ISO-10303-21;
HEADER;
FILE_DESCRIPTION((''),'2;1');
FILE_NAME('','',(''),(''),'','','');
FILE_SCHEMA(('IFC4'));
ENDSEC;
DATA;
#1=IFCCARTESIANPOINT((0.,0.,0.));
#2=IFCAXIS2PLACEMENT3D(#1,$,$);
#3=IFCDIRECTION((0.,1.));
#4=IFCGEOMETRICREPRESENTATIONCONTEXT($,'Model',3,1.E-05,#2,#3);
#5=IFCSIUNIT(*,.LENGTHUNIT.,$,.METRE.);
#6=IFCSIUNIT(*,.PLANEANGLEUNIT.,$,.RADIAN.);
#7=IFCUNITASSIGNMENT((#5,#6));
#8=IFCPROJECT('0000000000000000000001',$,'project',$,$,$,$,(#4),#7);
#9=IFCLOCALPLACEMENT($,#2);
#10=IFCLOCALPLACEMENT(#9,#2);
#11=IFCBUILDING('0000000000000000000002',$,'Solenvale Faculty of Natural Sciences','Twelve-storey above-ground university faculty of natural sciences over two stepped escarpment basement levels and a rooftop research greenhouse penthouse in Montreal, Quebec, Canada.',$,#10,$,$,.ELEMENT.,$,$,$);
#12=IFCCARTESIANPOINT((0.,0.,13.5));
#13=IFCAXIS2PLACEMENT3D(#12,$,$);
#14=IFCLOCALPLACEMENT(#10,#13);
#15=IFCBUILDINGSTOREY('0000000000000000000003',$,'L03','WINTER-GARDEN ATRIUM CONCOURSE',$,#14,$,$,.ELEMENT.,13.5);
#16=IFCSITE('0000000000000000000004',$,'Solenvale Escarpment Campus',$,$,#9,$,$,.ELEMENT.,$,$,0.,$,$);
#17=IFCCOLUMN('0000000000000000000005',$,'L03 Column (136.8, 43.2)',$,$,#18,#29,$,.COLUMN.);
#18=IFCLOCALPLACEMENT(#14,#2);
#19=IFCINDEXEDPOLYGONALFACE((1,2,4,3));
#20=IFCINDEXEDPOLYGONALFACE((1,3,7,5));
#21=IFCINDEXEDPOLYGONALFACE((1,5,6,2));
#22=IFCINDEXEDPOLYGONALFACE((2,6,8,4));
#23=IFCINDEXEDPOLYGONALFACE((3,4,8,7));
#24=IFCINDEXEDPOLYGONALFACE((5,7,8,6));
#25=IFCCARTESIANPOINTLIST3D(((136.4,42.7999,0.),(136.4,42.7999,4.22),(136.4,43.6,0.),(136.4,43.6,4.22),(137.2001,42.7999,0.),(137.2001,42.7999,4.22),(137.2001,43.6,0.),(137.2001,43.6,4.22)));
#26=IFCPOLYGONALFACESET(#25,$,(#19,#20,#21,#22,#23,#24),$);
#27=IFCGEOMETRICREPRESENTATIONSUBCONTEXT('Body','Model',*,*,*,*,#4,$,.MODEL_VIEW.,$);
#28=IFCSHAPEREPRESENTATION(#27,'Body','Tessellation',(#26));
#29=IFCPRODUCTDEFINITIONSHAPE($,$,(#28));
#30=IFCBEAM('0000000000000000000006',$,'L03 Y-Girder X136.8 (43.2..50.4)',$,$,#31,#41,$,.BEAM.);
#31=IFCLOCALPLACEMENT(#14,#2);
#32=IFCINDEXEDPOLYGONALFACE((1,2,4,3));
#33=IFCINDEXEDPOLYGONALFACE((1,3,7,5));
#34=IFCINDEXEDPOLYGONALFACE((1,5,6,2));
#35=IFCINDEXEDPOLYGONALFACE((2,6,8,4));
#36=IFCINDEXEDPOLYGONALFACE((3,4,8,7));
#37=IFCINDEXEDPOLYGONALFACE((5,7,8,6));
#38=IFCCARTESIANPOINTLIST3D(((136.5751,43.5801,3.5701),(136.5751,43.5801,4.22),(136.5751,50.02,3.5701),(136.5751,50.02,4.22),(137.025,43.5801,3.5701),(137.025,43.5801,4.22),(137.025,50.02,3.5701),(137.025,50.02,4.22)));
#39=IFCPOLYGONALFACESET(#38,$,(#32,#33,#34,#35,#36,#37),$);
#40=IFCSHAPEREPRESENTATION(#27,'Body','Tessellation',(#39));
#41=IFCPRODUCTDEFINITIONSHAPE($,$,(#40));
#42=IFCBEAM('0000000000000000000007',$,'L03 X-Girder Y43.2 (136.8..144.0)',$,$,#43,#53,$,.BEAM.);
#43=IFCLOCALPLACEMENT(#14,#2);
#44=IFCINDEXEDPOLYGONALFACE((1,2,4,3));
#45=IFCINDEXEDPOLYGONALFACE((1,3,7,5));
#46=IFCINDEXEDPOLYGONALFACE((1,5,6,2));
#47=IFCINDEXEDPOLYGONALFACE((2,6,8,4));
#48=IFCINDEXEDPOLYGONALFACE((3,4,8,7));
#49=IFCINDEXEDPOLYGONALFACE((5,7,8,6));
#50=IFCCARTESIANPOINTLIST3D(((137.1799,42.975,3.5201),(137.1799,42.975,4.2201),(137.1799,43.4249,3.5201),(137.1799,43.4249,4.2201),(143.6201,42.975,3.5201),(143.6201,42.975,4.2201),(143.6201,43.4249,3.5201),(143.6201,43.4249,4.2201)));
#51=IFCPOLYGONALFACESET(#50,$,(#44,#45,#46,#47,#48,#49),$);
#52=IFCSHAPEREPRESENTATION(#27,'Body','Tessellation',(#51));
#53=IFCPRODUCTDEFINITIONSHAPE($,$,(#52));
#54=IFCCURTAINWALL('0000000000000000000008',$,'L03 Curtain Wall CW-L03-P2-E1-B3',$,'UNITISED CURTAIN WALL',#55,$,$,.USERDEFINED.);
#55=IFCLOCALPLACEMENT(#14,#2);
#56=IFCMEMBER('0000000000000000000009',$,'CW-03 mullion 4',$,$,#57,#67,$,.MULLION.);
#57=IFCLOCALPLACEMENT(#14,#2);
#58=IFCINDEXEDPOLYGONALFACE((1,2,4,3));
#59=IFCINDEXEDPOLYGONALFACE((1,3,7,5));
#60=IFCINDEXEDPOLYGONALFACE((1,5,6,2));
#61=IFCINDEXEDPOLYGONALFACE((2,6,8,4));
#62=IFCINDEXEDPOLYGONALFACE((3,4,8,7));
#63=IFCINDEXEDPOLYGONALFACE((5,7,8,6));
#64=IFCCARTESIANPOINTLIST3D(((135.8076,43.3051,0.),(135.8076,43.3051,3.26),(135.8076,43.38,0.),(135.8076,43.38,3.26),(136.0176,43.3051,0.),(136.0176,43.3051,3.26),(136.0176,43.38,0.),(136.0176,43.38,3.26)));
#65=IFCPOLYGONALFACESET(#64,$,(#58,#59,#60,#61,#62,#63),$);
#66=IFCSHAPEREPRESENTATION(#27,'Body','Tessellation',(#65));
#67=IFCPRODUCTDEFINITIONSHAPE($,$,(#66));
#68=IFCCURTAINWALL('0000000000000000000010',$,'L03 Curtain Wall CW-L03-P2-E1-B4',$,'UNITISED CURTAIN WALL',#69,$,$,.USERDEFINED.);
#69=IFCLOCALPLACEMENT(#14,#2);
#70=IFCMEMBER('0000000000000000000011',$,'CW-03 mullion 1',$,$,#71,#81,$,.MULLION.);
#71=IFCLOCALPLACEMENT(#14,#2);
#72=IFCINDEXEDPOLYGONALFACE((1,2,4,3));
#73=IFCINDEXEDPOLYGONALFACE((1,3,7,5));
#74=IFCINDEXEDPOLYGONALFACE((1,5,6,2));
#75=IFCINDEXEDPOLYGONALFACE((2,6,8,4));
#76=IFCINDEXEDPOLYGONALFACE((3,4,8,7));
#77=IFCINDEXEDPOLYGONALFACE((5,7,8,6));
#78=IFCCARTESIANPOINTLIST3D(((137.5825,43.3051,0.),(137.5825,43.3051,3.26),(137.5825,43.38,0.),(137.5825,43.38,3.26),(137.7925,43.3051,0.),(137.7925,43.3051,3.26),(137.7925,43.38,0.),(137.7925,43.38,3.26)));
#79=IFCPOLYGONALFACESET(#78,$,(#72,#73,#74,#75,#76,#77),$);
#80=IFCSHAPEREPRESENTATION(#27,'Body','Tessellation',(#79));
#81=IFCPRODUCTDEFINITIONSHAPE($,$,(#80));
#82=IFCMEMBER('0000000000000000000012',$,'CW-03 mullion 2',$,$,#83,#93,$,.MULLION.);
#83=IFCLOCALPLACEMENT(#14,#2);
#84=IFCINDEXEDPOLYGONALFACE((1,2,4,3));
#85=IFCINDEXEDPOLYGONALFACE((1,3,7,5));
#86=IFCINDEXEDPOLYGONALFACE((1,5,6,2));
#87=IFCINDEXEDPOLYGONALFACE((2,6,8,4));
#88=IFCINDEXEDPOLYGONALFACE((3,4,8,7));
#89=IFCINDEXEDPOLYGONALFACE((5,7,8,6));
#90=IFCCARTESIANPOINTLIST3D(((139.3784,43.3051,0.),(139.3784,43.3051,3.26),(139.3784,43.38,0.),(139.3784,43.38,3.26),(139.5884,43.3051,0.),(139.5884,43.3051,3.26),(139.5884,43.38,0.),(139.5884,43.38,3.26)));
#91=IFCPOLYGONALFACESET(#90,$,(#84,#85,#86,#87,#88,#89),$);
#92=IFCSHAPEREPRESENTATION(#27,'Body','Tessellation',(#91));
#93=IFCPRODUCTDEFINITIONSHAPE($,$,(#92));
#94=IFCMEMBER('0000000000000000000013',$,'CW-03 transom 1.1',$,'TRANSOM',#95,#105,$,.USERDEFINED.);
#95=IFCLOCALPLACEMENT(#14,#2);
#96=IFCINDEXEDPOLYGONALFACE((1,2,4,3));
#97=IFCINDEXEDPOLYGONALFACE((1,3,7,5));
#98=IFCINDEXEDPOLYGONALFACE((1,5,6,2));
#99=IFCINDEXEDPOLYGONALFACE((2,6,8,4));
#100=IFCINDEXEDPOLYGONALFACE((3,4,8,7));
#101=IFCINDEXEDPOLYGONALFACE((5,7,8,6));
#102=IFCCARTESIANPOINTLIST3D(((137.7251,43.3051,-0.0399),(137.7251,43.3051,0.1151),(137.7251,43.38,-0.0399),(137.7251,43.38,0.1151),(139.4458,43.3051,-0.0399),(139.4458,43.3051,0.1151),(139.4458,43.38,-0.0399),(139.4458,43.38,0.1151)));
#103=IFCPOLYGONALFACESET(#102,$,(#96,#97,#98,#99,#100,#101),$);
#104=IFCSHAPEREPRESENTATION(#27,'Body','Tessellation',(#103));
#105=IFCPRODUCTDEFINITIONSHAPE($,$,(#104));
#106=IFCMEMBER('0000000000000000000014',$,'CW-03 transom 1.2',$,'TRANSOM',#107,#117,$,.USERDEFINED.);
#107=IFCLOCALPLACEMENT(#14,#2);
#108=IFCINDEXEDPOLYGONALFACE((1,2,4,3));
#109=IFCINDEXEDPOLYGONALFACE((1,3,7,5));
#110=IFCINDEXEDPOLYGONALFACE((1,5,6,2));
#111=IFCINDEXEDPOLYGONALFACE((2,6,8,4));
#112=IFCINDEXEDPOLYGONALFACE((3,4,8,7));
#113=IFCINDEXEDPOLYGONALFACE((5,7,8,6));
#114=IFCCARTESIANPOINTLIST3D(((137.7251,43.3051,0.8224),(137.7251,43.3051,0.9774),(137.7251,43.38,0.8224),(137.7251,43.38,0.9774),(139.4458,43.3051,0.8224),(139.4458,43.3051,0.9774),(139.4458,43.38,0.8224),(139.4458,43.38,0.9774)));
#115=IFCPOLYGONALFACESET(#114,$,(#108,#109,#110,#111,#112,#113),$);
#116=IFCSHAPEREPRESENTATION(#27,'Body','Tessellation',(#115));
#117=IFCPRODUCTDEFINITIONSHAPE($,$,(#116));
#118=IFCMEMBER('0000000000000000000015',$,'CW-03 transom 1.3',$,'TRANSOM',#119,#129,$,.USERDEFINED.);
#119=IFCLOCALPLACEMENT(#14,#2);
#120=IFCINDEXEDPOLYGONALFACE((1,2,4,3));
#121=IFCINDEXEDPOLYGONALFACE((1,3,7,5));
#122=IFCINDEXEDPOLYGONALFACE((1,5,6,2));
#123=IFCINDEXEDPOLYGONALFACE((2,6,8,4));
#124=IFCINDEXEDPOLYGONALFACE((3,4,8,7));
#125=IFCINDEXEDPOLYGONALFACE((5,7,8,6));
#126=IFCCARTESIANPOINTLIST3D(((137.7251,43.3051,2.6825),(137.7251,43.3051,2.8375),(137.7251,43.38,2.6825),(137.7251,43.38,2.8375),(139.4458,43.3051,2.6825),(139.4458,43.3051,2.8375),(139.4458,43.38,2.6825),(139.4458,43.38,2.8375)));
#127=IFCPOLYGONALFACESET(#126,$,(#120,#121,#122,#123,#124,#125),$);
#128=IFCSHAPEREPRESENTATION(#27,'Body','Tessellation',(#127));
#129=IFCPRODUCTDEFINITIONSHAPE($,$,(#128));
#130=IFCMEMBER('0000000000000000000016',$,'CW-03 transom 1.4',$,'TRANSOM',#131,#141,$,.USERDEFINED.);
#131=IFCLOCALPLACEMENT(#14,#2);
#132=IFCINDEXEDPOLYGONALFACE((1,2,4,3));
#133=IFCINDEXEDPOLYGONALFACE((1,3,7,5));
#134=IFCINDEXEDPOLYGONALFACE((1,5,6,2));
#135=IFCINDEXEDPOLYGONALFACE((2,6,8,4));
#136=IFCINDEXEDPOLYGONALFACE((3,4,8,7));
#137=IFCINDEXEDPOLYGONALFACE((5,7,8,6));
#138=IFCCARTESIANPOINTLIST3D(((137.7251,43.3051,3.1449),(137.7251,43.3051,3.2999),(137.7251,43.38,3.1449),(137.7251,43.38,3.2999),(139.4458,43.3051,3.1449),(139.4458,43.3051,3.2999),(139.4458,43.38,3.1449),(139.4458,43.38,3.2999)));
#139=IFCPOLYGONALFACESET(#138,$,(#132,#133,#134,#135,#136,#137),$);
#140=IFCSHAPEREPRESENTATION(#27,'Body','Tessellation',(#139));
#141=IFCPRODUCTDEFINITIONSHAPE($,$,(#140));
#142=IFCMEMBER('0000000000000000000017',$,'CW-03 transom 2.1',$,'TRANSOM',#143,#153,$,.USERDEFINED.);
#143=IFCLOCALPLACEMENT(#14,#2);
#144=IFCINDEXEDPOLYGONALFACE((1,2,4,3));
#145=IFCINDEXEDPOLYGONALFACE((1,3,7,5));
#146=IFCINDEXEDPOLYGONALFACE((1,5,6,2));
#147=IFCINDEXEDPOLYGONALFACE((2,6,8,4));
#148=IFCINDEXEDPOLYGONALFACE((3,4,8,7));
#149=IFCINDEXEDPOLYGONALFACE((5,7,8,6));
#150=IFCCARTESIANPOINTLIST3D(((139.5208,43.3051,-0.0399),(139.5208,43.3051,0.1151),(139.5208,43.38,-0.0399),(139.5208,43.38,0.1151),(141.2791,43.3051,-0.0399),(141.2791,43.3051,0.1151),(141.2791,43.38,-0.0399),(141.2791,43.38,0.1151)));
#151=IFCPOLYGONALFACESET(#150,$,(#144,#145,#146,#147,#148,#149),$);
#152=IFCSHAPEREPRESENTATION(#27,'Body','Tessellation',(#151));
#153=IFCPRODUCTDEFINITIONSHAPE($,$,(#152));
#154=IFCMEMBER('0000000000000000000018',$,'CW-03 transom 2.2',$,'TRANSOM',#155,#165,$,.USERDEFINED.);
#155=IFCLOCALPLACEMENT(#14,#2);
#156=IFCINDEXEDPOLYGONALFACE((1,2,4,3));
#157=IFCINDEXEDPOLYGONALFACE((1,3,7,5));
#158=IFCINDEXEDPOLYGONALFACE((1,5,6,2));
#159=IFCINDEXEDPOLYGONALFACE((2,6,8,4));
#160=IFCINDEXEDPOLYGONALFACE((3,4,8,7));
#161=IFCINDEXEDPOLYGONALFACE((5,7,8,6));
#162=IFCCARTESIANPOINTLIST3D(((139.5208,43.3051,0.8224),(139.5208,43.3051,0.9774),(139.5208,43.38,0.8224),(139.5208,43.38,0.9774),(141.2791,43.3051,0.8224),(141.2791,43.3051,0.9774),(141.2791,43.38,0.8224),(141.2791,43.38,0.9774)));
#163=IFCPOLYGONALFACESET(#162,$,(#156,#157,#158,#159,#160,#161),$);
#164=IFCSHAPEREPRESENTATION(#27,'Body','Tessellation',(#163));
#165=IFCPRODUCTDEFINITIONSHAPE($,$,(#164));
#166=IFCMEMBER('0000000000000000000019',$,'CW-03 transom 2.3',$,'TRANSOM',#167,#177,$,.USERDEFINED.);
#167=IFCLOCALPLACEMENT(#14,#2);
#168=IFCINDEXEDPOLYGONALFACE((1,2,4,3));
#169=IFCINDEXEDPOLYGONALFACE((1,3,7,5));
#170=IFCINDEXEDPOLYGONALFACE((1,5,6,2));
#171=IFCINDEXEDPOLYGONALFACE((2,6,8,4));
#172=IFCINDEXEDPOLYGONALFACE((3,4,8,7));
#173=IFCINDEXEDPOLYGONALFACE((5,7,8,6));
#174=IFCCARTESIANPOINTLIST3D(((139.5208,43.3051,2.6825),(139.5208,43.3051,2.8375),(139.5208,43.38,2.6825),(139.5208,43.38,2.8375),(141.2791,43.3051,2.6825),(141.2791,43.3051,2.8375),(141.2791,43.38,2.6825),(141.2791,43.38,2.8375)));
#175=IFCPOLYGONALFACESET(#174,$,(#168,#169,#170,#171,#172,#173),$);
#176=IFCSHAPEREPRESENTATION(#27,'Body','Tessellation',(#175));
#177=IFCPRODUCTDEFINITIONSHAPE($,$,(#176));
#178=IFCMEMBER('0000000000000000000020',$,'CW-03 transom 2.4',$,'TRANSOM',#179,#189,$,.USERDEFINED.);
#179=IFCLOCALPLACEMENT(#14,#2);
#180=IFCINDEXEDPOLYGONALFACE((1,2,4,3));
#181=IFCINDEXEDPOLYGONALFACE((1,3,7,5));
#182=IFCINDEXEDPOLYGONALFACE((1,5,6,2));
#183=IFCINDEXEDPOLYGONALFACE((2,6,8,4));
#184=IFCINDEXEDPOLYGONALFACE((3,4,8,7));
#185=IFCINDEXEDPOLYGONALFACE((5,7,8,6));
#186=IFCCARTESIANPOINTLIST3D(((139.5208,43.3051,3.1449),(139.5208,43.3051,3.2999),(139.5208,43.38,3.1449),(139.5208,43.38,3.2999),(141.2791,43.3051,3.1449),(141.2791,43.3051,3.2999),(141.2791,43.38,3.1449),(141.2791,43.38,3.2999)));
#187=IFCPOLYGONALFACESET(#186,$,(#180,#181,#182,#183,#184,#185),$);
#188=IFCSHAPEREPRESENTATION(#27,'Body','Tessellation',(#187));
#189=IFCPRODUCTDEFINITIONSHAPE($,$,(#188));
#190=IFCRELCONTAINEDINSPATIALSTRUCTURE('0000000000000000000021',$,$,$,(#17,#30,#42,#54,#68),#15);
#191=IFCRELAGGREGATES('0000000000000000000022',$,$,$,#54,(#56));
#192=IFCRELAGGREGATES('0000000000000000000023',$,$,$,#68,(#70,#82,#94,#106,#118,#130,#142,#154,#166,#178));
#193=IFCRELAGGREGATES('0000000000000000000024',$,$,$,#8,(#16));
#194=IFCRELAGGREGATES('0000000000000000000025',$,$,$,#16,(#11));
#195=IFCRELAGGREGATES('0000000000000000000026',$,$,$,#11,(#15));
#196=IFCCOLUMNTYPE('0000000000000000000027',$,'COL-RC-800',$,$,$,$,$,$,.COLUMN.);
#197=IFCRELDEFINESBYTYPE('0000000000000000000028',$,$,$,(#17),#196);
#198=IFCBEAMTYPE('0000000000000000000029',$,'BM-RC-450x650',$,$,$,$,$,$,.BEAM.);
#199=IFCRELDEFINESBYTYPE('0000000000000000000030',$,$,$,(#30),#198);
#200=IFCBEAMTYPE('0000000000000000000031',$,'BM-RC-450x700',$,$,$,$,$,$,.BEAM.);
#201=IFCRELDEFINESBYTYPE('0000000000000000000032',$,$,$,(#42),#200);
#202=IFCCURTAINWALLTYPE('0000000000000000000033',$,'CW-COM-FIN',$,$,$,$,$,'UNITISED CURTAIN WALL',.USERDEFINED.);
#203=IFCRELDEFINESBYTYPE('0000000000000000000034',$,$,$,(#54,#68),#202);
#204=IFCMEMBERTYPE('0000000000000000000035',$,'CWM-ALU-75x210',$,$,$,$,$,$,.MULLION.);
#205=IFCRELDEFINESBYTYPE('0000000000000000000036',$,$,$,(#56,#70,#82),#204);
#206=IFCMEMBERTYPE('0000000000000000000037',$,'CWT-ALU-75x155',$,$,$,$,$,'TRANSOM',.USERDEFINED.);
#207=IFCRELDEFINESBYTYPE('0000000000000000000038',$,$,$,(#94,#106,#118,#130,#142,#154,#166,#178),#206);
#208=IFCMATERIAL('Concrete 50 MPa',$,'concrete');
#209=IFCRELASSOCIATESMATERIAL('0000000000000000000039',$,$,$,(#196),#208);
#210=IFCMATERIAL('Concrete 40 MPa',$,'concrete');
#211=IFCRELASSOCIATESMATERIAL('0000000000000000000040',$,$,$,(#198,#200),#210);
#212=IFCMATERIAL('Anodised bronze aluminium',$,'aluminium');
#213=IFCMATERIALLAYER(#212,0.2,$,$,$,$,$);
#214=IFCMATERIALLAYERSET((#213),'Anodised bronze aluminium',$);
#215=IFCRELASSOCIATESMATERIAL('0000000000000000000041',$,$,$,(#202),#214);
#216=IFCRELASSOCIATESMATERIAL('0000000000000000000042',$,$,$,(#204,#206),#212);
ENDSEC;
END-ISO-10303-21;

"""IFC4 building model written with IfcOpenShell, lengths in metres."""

from ifc_helpers import new_model, si_unit, direction, frame, origin, origin_2d, place, context, subcontext, project, spatial, rectangle, extrude, material, layer, layer_set, material_profile, profile_set, type_object, element, aggregate, save


model = new_model("IFC4")

# Units and contexts
model_context = context("Model", 3, precision=1e-05, world=origin(), true_north=direction((0.0, 1.0)))
body_context = subcontext(model_context, "Body", "Model", "MODEL_VIEW")
ifc_project = project(units=[si_unit("LENGTHUNIT", "METRE"), si_unit("PLANEANGLEUNIT", "RADIAN")], contexts=[model_context])

# Site, building, storey
site_placement = place(None, origin())
site = spatial("IfcSite", under=ifc_project, at=site_placement, Name="Solenvale Escarpment Campus", CompositionType="ELEMENT", RefElevation=0.0)
building_placement = place(site_placement, origin())
building = spatial("IfcBuilding", under=site, at=building_placement, Name="Solenvale Faculty of Natural Sciences", Description="Twelve-storey above-ground university faculty of natural sciences over two stepped escarpment basement levels and a rooftop research greenhouse penthouse in Montreal, Quebec, Canada.", CompositionType="ELEMENT")
storey_placement = place(building_placement, frame((0.0, 0.0, 13.5)))
storey = spatial("IfcBuildingStorey", under=building, at=storey_placement, Name="L03", Description="WINTER-GARDEN ATRIUM CONCOURSE", CompositionType="ELEMENT", Elevation=13.5)

# Column
ifc_material_1 = material(Name="Concrete 50 MPa", Category="concrete")
ifc_material_profile_1 = material_profile(ifc_material_1, rectangle(XDim=0.8, YDim=0.8, at=origin_2d()), Name="RC-COL-800x800")
ifc_profile_set_1 = profile_set([ifc_material_profile_1], Name="Concrete 50 MPa")
column_type = type_object("IfcColumnType", Name="COL-RC-800", PredefinedType="COLUMN", material=ifc_profile_set_1)
column_placement = place(storey_placement, frame((136.8, 43.2, 0.0), z_axis=(0.0, 0.0, 1.0), x_axis=(1.0, 0.0, 0.0)))
element("IfcColumn", 1, at=column_placement, inside=storey, type_object=column_type, Name="L03 Column (136.8, 43.2)", PredefinedType="COLUMN", context=body_context, shape_type="SweptSolid", body=[
    extrude(rectangle(XDim=0.8, YDim=0.8, at=origin_2d()), origin(), (0.0, 0.0, 1.0), 4.22),
])

# Beams
ifc_material_2 = material(Name="Concrete 40 MPa", Category="concrete")
ifc_material_profile_2 = material_profile(ifc_material_2, rectangle(XDim=0.45, YDim=0.6499, at=origin_2d()), Name="RC-BM-450x650")
ifc_profile_set_2 = profile_set([ifc_material_profile_2], Name="Concrete 40 MPa")
beam_type_1 = type_object("IfcBeamType", Name="BM-RC-450x650", PredefinedType="BEAM", material=ifc_profile_set_2)
beam_1_placement = place(storey_placement, frame((136.8, 43.5801, 3.895), z_axis=(0.0, 1.0, 0.0), x_axis=(-1.0, 0.0, 0.0)))
element("IfcBeam", 2, at=beam_1_placement, inside=storey, type_object=beam_type_1, Name="L03 Y-Girder X136.8 (43.2..50.4)", PredefinedType="BEAM", context=body_context, shape_type="SweptSolid", body=[
    extrude(rectangle(XDim=0.45, YDim=0.6499, at=origin_2d()), origin(), (0.0, 0.0, 1.0), 6.4399),
])
ifc_material_profile_3 = material_profile(ifc_material_2, rectangle(XDim=0.45, YDim=0.7, at=origin_2d()), Name="RC-BM-450x700")
ifc_profile_set_3 = profile_set([ifc_material_profile_3], Name="Concrete 40 MPa")
beam_type_2 = type_object("IfcBeamType", Name="BM-RC-450x700", PredefinedType="BEAM", material=ifc_profile_set_3)
beam_2_placement = place(storey_placement, frame((137.1799, 43.2, 3.8701), z_axis=(1.0, 0.0, 0.0), x_axis=(0.0, 1.0, 0.0)))
element("IfcBeam", 3, at=beam_2_placement, inside=storey, type_object=beam_type_2, Name="L03 X-Girder Y43.2 (136.8..144.0)", PredefinedType="BEAM", context=body_context, shape_type="SweptSolid", body=[
    extrude(rectangle(XDim=0.45, YDim=0.7, at=origin_2d()), origin(), (0.0, 0.0, 1.0), 6.4402),
])

# Curtain wall, member
ifc_material_3 = material(Name="Anodised bronze aluminium", Category="aluminium")
ifc_layer_1 = layer(ifc_material_3, 0.2)
ifc_layer_set_1 = layer_set([ifc_layer_1], Name="Anodised bronze aluminium")
curtain_wall_type = type_object("IfcCurtainWallType", Name="CW-COM-FIN", ElementType="UNITISED CURTAIN WALL", PredefinedType="USERDEFINED", material=ifc_layer_set_1)
curtain_wall_1_placement = place(storey_placement, origin())
curtain_wall_1 = element("IfcCurtainWall", 4, at=curtain_wall_1_placement, inside=storey, type_object=curtain_wall_type, Name="L03 Curtain Wall CW-L03-P2-E1-B3", ObjectType="UNITISED CURTAIN WALL", PredefinedType="USERDEFINED")
ifc_material_profile_4 = material_profile(ifc_material_3, rectangle(XDim=0.075, YDim=0.21, at=origin_2d()), Name="ALU-MUL-75x210")
ifc_profile_set_4 = profile_set([ifc_material_profile_4], Name="Anodised bronze aluminium")
member_type_1 = type_object("IfcMemberType", Name="CWM-ALU-75x210", PredefinedType="MULLION", material=ifc_profile_set_4)
member_1_placement = place(storey_placement, frame((135.9126, 43.3425, 0.0), z_axis=(0.0, 0.0, 1.0), x_axis=(0.0, 1.0, 0.0)))
member_1 = element("IfcMember", 5, at=member_1_placement, type_object=member_type_1, Name="CW-03 mullion 4", PredefinedType="MULLION", context=body_context, shape_type="SweptSolid", body=[
    extrude(rectangle(XDim=0.075, YDim=0.21, at=origin_2d()), origin(), (0.0, 0.0, 1.0), 3.26),
])

# Curtain wall, members
curtain_wall_2_placement = place(storey_placement, origin())
curtain_wall_2 = element("IfcCurtainWall", 6, at=curtain_wall_2_placement, inside=storey, type_object=curtain_wall_type, Name="L03 Curtain Wall CW-L03-P2-E1-B4", ObjectType="UNITISED CURTAIN WALL", PredefinedType="USERDEFINED")
member_2_placement = place(storey_placement, frame((137.6875, 43.3425, 0.0), z_axis=(0.0, 0.0, 1.0), x_axis=(0.0, 1.0, 0.0)))
member_2 = element("IfcMember", 7, at=member_2_placement, type_object=member_type_1, Name="CW-03 mullion 1", PredefinedType="MULLION", context=body_context, shape_type="SweptSolid", body=[
    extrude(rectangle(XDim=0.075, YDim=0.21, at=origin_2d()), origin(), (0.0, 0.0, 1.0), 3.26),
])
member_3_placement = place(storey_placement, frame((139.4834, 43.3425, 0.0), z_axis=(0.0, 0.0, 1.0), x_axis=(0.0, 1.0, 0.0)))
member_3 = element("IfcMember", 8, at=member_3_placement, type_object=member_type_1, Name="CW-03 mullion 2", PredefinedType="MULLION", context=body_context, shape_type="SweptSolid", body=[
    extrude(rectangle(XDim=0.075, YDim=0.21, at=origin_2d()), origin(), (0.0, 0.0, 1.0), 3.26),
])
ifc_material_profile_5 = material_profile(ifc_material_3, rectangle(XDim=0.075, YDim=0.155, at=origin_2d()), Name="ALU-TRN-75x155")
ifc_profile_set_5 = profile_set([ifc_material_profile_5], Name="Anodised bronze aluminium")
member_type_2 = type_object("IfcMemberType", Name="CWT-ALU-75x155", ElementType="TRANSOM", PredefinedType="USERDEFINED", material=ifc_profile_set_5)
member_4_placement = place(storey_placement, frame((137.7251, 43.3425, 0.0376), z_axis=(1.0, 0.0, 0.0), x_axis=(0.0, 1.0, 0.0)))
member_4 = element("IfcMember", 9, at=member_4_placement, type_object=member_type_2, Name="CW-03 transom 1.1", ObjectType="TRANSOM", PredefinedType="USERDEFINED", context=body_context, shape_type="SweptSolid", body=[
    extrude(rectangle(XDim=0.075, YDim=0.155, at=origin_2d()), origin(), (0.0, 0.0, 1.0), 1.7207),
])
member_5_placement = place(storey_placement, frame((137.7251, 43.3425, 0.8999), z_axis=(1.0, 0.0, 0.0), x_axis=(0.0, 1.0, 0.0)))
member_5 = element("IfcMember", 10, at=member_5_placement, type_object=member_type_2, Name="CW-03 transom 1.2", ObjectType="TRANSOM", PredefinedType="USERDEFINED", context=body_context, shape_type="SweptSolid", body=[
    extrude(rectangle(XDim=0.075, YDim=0.155, at=origin_2d()), origin(), (0.0, 0.0, 1.0), 1.7207),
])
member_6_placement = place(storey_placement, frame((137.7251, 43.3425, 2.76), z_axis=(1.0, 0.0, 0.0), x_axis=(0.0, 1.0, 0.0)))
member_6 = element("IfcMember", 11, at=member_6_placement, type_object=member_type_2, Name="CW-03 transom 1.3", ObjectType="TRANSOM", PredefinedType="USERDEFINED", context=body_context, shape_type="SweptSolid", body=[
    extrude(rectangle(XDim=0.075, YDim=0.155, at=origin_2d()), origin(), (0.0, 0.0, 1.0), 1.7207),
])
member_7_placement = place(storey_placement, frame((137.7251, 43.3425, 3.2224), z_axis=(1.0, 0.0, 0.0), x_axis=(0.0, 1.0, 0.0)))
member_7 = element("IfcMember", 12, at=member_7_placement, type_object=member_type_2, Name="CW-03 transom 1.4", ObjectType="TRANSOM", PredefinedType="USERDEFINED", context=body_context, shape_type="SweptSolid", body=[
    extrude(rectangle(XDim=0.075, YDim=0.155, at=origin_2d()), origin(), (0.0, 0.0, 1.0), 1.7207),
])
member_8_placement = place(storey_placement, frame((139.5208, 43.3425, 0.0376), z_axis=(1.0, 0.0, 0.0), x_axis=(0.0, 1.0, 0.0)))
member_8 = element("IfcMember", 13, at=member_8_placement, type_object=member_type_2, Name="CW-03 transom 2.1", ObjectType="TRANSOM", PredefinedType="USERDEFINED", context=body_context, shape_type="SweptSolid", body=[
    extrude(rectangle(XDim=0.075, YDim=0.155, at=origin_2d()), origin(), (0.0, 0.0, 1.0), 1.7583),
])
member_9_placement = place(storey_placement, frame((139.5208, 43.3425, 0.8999), z_axis=(1.0, 0.0, 0.0), x_axis=(0.0, 1.0, 0.0)))
member_9 = element("IfcMember", 14, at=member_9_placement, type_object=member_type_2, Name="CW-03 transom 2.2", ObjectType="TRANSOM", PredefinedType="USERDEFINED", context=body_context, shape_type="SweptSolid", body=[
    extrude(rectangle(XDim=0.075, YDim=0.155, at=origin_2d()), origin(), (0.0, 0.0, 1.0), 1.7583),
])
member_10_placement = place(storey_placement, frame((139.5208, 43.3425, 2.76), z_axis=(1.0, 0.0, 0.0), x_axis=(0.0, 1.0, 0.0)))
member_10 = element("IfcMember", 15, at=member_10_placement, type_object=member_type_2, Name="CW-03 transom 2.3", ObjectType="TRANSOM", PredefinedType="USERDEFINED", context=body_context, shape_type="SweptSolid", body=[
    extrude(rectangle(XDim=0.075, YDim=0.155, at=origin_2d()), origin(), (0.0, 0.0, 1.0), 1.7583),
])
member_11_placement = place(storey_placement, frame((139.5208, 43.3425, 3.2224), z_axis=(1.0, 0.0, 0.0), x_axis=(0.0, 1.0, 0.0)))
member_11 = element("IfcMember", 16, at=member_11_placement, type_object=member_type_2, Name="CW-03 transom 2.4", ObjectType="TRANSOM", PredefinedType="USERDEFINED", context=body_context, shape_type="SweptSolid", body=[
    extrude(rectangle(XDim=0.075, YDim=0.155, at=origin_2d()), origin(), (0.0, 0.0, 1.0), 1.7583),
])

aggregate(curtain_wall_1, [member_1])
aggregate(curtain_wall_2, [member_2, member_3, member_4, member_5, member_6, member_7, member_8, member_9, member_10, member_11])

save(model, "model.ifc")
